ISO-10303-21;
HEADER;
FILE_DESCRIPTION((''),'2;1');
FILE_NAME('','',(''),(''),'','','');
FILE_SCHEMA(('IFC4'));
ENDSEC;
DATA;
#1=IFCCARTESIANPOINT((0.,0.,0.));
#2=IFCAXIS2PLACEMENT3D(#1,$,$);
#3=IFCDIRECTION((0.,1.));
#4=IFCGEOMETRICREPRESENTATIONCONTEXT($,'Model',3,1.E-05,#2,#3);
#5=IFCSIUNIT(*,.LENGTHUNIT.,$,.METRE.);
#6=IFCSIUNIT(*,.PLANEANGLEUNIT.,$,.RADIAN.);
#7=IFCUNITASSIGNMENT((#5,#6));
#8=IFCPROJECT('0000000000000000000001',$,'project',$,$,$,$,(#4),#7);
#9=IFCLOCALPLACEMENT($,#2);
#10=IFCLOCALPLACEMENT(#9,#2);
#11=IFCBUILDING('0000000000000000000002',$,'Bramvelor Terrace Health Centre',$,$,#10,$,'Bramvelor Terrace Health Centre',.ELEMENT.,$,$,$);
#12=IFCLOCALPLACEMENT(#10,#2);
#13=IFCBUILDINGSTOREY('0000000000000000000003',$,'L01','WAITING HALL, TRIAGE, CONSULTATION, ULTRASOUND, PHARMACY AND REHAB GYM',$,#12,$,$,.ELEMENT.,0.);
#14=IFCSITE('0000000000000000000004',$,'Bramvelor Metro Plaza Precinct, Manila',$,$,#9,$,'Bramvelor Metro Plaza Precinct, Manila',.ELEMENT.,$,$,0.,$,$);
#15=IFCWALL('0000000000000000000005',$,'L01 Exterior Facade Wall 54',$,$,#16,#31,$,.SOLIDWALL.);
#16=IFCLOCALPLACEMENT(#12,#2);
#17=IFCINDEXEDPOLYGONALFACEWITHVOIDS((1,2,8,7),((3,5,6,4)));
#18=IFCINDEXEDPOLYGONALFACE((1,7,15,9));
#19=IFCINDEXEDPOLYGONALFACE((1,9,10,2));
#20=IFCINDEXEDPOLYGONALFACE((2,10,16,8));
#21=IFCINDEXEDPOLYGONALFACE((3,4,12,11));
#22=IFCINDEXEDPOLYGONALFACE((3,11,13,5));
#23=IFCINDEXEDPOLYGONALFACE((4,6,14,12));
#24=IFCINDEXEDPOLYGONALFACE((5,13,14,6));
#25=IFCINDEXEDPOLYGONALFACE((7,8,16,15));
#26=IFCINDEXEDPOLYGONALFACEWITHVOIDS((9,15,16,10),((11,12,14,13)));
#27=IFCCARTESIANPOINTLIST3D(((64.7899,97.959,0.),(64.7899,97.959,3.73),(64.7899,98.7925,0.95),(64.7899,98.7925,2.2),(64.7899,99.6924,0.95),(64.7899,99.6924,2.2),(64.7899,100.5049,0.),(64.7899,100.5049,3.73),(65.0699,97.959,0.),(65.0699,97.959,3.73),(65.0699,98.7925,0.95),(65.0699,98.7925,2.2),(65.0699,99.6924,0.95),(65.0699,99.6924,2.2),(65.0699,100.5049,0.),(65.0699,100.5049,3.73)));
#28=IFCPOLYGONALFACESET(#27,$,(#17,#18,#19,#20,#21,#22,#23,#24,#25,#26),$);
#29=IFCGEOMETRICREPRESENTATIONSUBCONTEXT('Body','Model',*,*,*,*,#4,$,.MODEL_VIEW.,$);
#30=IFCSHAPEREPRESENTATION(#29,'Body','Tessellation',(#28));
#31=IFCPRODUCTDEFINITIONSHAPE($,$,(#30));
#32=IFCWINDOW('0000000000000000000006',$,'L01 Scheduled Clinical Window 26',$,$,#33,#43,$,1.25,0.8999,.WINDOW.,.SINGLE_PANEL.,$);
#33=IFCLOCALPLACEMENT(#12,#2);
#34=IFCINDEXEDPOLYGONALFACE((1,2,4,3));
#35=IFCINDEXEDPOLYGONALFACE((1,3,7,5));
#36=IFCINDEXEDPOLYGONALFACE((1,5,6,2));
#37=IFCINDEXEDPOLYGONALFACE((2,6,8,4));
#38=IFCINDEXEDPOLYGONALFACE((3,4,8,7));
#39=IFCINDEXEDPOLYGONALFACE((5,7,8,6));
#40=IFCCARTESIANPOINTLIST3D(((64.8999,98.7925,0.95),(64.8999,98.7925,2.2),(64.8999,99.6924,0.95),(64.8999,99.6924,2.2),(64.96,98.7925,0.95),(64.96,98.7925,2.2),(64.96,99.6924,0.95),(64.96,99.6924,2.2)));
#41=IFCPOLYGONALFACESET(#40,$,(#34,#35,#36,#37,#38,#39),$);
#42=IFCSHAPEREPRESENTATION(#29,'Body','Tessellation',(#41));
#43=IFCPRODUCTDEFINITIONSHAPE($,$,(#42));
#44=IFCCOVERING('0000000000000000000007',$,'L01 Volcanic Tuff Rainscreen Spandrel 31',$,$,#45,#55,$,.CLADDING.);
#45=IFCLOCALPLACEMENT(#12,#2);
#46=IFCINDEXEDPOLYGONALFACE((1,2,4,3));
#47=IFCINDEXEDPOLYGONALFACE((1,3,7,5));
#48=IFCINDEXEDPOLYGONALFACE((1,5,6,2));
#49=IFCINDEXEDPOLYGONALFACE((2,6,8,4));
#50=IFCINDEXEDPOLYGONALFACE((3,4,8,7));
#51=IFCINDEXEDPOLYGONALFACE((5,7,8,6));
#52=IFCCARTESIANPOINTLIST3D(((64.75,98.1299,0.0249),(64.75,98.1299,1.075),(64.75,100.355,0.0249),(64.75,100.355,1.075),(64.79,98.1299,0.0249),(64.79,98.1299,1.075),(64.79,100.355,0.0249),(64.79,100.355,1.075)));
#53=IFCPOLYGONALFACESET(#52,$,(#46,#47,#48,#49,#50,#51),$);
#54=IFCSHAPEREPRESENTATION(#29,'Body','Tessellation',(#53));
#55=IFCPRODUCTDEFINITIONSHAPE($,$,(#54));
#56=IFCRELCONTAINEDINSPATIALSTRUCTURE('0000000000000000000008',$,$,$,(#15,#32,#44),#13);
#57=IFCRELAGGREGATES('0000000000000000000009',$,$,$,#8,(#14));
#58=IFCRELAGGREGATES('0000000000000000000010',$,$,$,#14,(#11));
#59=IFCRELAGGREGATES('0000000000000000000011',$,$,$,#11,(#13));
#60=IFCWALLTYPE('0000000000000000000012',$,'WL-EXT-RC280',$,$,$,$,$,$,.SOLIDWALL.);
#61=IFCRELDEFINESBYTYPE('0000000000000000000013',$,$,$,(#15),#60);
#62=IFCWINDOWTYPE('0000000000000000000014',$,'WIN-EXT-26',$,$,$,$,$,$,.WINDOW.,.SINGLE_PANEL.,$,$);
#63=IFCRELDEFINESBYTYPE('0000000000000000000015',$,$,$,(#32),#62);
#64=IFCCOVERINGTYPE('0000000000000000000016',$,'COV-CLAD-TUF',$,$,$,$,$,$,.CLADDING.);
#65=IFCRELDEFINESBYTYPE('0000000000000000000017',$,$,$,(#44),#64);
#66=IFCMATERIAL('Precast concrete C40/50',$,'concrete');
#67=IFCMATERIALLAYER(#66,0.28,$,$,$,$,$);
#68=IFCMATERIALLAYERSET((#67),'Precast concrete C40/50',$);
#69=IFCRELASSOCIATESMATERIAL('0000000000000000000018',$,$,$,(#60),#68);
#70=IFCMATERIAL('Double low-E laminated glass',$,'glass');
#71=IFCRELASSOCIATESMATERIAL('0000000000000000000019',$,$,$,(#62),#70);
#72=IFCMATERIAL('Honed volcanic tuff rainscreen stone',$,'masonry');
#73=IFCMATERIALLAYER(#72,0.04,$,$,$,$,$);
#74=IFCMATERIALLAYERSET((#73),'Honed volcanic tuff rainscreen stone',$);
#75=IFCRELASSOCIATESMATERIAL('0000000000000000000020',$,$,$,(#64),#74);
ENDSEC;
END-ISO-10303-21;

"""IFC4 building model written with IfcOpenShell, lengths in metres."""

from ifc_helpers import new_model, si_unit, direction, frame, frame_2d, origin, origin_2d, place, context, subcontext, project, spatial, rectangle, extrude, material, layer, layer_set, type_object, element, fill, save


model = new_model("IFC4")

# Units and contexts
model_context = context("Model", 3, precision=1e-05, world=origin(), true_north=direction((0.0, 1.0)))
body_context = subcontext(model_context, "Body", "Model", "MODEL_VIEW")
ifc_project = project(units=[si_unit("LENGTHUNIT", "METRE"), si_unit("PLANEANGLEUNIT", "RADIAN")], contexts=[model_context])

# Site, building, storey
site_placement = place(None, origin())
site = spatial("IfcSite", under=ifc_project, at=site_placement, Name="Bramvelor Metro Plaza Precinct, Manila", LongName="Bramvelor Metro Plaza Precinct, Manila", CompositionType="ELEMENT", RefElevation=0.0)
building_placement = place(site_placement, origin())
building = spatial("IfcBuilding", under=site, at=building_placement, Name="Bramvelor Terrace Health Centre", LongName="Bramvelor Terrace Health Centre", CompositionType="ELEMENT")
storey_placement = place(building_placement, origin())
storey = spatial("IfcBuildingStorey", under=building, at=storey_placement, Name="L01", Description="WAITING HALL, TRIAGE, CONSULTATION, ULTRASOUND, PHARMACY AND REHAB GYM", CompositionType="ELEMENT", Elevation=0.0)

# Wall, opening, window
ifc_material_1 = material(Name="Precast concrete C40/50", Category="concrete")
ifc_layer_1 = layer(ifc_material_1, 0.28)
ifc_layer_set_1 = layer_set([ifc_layer_1], Name="Precast concrete C40/50")
wall_type_1 = type_object("IfcWallType", Name="WL-EXT-RC280", PredefinedType="SOLIDWALL", material=ifc_layer_set_1)
wall_1_placement = place(storey_placement, frame((64.9299, 97.959, 0.0), z_axis=(0.0, 0.0, 1.0), x_axis=(0.0, 1.0, 0.0)))
wall_1 = element("IfcWall", 1, at=wall_1_placement, inside=storey, type_object=wall_type_1, Name="L01 Exterior Facade Wall 54", PredefinedType="SOLIDWALL", context=body_context, shape_type="SweptSolid", body=[
    extrude(rectangle(XDim=2.5459, YDim=0.28, at=frame_2d((1.2729, 0.0))), origin(), (0.0, 0.0, 1.0), 3.73),
])
opening_1_placement = place(wall_1_placement, frame((0.8335, 0.0, 0.95)))
opening_1 = element("IfcOpeningElement", 2, at=opening_1_placement, cuts=wall_1, PredefinedType="OPENING", context=body_context, shape_type="SweptSolid", body=[
    extrude(rectangle(XDim=0.8999, YDim=1.25, at=frame_2d((0.45, 0.625))), frame((0.0, 0.1499, 0.0), z_axis=(0.0, -1.0, 0.0), x_axis=(1.0, 0.0, 0.0)), (0.0, 0.0, 1.0), 0.3),
])
ifc_material_2 = material(Name="Double low-E laminated glass", Category="glass")
window_type_1 = type_object("IfcWindowType", Name="WIN-EXT-26", PartitioningType="SINGLE_PANEL", PredefinedType="WINDOW", material=ifc_material_2)
window_1_placement = place(opening_1_placement, origin())
window_1 = element("IfcWindow", 3, at=window_1_placement, inside=storey, type_object=window_type_1, Name="L01 Scheduled Clinical Window 26", OverallHeight=1.25, OverallWidth=0.8999, PartitioningType="SINGLE_PANEL", PredefinedType="WINDOW", context=body_context, shape_type="SweptSolid", body=[
    extrude(rectangle(XDim=0.8999, YDim=1.25, at=frame_2d((0.45, 0.625))), frame((0.0, 0.03, 0.0), z_axis=(0.0, -1.0, 0.0), x_axis=(1.0, 0.0, 0.0)), (0.0, 0.0, 1.0), 0.0601),
])
fill(opening_1, window_1)

# Covering
ifc_material_3 = material(Name="Honed volcanic tuff rainscreen stone", Category="masonry")
ifc_layer_2 = layer(ifc_material_3, 0.04)
ifc_layer_set_2 = layer_set([ifc_layer_2], Name="Honed volcanic tuff rainscreen stone")
covering_type = type_object("IfcCoveringType", Name="COV-CLAD-TUF", PredefinedType="CLADDING", material=ifc_layer_set_2)
covering_placement = place(storey_placement, frame((64.77, 99.2424, 0.0249), z_axis=(0.0, 0.0, 1.0), x_axis=(1.0, 0.0, 0.0)))
element("IfcCovering", 4, at=covering_placement, inside=storey, type_object=covering_type, Name="L01 Volcanic Tuff Rainscreen Spandrel 31", PredefinedType="CLADDING", context=body_context, shape_type="SweptSolid", body=[
    extrude(rectangle(XDim=0.04, YDim=2.2251, at=origin_2d()), origin(), (0.0, 0.0, 1.0), 1.05),
])

save(model, "model.ifc")
